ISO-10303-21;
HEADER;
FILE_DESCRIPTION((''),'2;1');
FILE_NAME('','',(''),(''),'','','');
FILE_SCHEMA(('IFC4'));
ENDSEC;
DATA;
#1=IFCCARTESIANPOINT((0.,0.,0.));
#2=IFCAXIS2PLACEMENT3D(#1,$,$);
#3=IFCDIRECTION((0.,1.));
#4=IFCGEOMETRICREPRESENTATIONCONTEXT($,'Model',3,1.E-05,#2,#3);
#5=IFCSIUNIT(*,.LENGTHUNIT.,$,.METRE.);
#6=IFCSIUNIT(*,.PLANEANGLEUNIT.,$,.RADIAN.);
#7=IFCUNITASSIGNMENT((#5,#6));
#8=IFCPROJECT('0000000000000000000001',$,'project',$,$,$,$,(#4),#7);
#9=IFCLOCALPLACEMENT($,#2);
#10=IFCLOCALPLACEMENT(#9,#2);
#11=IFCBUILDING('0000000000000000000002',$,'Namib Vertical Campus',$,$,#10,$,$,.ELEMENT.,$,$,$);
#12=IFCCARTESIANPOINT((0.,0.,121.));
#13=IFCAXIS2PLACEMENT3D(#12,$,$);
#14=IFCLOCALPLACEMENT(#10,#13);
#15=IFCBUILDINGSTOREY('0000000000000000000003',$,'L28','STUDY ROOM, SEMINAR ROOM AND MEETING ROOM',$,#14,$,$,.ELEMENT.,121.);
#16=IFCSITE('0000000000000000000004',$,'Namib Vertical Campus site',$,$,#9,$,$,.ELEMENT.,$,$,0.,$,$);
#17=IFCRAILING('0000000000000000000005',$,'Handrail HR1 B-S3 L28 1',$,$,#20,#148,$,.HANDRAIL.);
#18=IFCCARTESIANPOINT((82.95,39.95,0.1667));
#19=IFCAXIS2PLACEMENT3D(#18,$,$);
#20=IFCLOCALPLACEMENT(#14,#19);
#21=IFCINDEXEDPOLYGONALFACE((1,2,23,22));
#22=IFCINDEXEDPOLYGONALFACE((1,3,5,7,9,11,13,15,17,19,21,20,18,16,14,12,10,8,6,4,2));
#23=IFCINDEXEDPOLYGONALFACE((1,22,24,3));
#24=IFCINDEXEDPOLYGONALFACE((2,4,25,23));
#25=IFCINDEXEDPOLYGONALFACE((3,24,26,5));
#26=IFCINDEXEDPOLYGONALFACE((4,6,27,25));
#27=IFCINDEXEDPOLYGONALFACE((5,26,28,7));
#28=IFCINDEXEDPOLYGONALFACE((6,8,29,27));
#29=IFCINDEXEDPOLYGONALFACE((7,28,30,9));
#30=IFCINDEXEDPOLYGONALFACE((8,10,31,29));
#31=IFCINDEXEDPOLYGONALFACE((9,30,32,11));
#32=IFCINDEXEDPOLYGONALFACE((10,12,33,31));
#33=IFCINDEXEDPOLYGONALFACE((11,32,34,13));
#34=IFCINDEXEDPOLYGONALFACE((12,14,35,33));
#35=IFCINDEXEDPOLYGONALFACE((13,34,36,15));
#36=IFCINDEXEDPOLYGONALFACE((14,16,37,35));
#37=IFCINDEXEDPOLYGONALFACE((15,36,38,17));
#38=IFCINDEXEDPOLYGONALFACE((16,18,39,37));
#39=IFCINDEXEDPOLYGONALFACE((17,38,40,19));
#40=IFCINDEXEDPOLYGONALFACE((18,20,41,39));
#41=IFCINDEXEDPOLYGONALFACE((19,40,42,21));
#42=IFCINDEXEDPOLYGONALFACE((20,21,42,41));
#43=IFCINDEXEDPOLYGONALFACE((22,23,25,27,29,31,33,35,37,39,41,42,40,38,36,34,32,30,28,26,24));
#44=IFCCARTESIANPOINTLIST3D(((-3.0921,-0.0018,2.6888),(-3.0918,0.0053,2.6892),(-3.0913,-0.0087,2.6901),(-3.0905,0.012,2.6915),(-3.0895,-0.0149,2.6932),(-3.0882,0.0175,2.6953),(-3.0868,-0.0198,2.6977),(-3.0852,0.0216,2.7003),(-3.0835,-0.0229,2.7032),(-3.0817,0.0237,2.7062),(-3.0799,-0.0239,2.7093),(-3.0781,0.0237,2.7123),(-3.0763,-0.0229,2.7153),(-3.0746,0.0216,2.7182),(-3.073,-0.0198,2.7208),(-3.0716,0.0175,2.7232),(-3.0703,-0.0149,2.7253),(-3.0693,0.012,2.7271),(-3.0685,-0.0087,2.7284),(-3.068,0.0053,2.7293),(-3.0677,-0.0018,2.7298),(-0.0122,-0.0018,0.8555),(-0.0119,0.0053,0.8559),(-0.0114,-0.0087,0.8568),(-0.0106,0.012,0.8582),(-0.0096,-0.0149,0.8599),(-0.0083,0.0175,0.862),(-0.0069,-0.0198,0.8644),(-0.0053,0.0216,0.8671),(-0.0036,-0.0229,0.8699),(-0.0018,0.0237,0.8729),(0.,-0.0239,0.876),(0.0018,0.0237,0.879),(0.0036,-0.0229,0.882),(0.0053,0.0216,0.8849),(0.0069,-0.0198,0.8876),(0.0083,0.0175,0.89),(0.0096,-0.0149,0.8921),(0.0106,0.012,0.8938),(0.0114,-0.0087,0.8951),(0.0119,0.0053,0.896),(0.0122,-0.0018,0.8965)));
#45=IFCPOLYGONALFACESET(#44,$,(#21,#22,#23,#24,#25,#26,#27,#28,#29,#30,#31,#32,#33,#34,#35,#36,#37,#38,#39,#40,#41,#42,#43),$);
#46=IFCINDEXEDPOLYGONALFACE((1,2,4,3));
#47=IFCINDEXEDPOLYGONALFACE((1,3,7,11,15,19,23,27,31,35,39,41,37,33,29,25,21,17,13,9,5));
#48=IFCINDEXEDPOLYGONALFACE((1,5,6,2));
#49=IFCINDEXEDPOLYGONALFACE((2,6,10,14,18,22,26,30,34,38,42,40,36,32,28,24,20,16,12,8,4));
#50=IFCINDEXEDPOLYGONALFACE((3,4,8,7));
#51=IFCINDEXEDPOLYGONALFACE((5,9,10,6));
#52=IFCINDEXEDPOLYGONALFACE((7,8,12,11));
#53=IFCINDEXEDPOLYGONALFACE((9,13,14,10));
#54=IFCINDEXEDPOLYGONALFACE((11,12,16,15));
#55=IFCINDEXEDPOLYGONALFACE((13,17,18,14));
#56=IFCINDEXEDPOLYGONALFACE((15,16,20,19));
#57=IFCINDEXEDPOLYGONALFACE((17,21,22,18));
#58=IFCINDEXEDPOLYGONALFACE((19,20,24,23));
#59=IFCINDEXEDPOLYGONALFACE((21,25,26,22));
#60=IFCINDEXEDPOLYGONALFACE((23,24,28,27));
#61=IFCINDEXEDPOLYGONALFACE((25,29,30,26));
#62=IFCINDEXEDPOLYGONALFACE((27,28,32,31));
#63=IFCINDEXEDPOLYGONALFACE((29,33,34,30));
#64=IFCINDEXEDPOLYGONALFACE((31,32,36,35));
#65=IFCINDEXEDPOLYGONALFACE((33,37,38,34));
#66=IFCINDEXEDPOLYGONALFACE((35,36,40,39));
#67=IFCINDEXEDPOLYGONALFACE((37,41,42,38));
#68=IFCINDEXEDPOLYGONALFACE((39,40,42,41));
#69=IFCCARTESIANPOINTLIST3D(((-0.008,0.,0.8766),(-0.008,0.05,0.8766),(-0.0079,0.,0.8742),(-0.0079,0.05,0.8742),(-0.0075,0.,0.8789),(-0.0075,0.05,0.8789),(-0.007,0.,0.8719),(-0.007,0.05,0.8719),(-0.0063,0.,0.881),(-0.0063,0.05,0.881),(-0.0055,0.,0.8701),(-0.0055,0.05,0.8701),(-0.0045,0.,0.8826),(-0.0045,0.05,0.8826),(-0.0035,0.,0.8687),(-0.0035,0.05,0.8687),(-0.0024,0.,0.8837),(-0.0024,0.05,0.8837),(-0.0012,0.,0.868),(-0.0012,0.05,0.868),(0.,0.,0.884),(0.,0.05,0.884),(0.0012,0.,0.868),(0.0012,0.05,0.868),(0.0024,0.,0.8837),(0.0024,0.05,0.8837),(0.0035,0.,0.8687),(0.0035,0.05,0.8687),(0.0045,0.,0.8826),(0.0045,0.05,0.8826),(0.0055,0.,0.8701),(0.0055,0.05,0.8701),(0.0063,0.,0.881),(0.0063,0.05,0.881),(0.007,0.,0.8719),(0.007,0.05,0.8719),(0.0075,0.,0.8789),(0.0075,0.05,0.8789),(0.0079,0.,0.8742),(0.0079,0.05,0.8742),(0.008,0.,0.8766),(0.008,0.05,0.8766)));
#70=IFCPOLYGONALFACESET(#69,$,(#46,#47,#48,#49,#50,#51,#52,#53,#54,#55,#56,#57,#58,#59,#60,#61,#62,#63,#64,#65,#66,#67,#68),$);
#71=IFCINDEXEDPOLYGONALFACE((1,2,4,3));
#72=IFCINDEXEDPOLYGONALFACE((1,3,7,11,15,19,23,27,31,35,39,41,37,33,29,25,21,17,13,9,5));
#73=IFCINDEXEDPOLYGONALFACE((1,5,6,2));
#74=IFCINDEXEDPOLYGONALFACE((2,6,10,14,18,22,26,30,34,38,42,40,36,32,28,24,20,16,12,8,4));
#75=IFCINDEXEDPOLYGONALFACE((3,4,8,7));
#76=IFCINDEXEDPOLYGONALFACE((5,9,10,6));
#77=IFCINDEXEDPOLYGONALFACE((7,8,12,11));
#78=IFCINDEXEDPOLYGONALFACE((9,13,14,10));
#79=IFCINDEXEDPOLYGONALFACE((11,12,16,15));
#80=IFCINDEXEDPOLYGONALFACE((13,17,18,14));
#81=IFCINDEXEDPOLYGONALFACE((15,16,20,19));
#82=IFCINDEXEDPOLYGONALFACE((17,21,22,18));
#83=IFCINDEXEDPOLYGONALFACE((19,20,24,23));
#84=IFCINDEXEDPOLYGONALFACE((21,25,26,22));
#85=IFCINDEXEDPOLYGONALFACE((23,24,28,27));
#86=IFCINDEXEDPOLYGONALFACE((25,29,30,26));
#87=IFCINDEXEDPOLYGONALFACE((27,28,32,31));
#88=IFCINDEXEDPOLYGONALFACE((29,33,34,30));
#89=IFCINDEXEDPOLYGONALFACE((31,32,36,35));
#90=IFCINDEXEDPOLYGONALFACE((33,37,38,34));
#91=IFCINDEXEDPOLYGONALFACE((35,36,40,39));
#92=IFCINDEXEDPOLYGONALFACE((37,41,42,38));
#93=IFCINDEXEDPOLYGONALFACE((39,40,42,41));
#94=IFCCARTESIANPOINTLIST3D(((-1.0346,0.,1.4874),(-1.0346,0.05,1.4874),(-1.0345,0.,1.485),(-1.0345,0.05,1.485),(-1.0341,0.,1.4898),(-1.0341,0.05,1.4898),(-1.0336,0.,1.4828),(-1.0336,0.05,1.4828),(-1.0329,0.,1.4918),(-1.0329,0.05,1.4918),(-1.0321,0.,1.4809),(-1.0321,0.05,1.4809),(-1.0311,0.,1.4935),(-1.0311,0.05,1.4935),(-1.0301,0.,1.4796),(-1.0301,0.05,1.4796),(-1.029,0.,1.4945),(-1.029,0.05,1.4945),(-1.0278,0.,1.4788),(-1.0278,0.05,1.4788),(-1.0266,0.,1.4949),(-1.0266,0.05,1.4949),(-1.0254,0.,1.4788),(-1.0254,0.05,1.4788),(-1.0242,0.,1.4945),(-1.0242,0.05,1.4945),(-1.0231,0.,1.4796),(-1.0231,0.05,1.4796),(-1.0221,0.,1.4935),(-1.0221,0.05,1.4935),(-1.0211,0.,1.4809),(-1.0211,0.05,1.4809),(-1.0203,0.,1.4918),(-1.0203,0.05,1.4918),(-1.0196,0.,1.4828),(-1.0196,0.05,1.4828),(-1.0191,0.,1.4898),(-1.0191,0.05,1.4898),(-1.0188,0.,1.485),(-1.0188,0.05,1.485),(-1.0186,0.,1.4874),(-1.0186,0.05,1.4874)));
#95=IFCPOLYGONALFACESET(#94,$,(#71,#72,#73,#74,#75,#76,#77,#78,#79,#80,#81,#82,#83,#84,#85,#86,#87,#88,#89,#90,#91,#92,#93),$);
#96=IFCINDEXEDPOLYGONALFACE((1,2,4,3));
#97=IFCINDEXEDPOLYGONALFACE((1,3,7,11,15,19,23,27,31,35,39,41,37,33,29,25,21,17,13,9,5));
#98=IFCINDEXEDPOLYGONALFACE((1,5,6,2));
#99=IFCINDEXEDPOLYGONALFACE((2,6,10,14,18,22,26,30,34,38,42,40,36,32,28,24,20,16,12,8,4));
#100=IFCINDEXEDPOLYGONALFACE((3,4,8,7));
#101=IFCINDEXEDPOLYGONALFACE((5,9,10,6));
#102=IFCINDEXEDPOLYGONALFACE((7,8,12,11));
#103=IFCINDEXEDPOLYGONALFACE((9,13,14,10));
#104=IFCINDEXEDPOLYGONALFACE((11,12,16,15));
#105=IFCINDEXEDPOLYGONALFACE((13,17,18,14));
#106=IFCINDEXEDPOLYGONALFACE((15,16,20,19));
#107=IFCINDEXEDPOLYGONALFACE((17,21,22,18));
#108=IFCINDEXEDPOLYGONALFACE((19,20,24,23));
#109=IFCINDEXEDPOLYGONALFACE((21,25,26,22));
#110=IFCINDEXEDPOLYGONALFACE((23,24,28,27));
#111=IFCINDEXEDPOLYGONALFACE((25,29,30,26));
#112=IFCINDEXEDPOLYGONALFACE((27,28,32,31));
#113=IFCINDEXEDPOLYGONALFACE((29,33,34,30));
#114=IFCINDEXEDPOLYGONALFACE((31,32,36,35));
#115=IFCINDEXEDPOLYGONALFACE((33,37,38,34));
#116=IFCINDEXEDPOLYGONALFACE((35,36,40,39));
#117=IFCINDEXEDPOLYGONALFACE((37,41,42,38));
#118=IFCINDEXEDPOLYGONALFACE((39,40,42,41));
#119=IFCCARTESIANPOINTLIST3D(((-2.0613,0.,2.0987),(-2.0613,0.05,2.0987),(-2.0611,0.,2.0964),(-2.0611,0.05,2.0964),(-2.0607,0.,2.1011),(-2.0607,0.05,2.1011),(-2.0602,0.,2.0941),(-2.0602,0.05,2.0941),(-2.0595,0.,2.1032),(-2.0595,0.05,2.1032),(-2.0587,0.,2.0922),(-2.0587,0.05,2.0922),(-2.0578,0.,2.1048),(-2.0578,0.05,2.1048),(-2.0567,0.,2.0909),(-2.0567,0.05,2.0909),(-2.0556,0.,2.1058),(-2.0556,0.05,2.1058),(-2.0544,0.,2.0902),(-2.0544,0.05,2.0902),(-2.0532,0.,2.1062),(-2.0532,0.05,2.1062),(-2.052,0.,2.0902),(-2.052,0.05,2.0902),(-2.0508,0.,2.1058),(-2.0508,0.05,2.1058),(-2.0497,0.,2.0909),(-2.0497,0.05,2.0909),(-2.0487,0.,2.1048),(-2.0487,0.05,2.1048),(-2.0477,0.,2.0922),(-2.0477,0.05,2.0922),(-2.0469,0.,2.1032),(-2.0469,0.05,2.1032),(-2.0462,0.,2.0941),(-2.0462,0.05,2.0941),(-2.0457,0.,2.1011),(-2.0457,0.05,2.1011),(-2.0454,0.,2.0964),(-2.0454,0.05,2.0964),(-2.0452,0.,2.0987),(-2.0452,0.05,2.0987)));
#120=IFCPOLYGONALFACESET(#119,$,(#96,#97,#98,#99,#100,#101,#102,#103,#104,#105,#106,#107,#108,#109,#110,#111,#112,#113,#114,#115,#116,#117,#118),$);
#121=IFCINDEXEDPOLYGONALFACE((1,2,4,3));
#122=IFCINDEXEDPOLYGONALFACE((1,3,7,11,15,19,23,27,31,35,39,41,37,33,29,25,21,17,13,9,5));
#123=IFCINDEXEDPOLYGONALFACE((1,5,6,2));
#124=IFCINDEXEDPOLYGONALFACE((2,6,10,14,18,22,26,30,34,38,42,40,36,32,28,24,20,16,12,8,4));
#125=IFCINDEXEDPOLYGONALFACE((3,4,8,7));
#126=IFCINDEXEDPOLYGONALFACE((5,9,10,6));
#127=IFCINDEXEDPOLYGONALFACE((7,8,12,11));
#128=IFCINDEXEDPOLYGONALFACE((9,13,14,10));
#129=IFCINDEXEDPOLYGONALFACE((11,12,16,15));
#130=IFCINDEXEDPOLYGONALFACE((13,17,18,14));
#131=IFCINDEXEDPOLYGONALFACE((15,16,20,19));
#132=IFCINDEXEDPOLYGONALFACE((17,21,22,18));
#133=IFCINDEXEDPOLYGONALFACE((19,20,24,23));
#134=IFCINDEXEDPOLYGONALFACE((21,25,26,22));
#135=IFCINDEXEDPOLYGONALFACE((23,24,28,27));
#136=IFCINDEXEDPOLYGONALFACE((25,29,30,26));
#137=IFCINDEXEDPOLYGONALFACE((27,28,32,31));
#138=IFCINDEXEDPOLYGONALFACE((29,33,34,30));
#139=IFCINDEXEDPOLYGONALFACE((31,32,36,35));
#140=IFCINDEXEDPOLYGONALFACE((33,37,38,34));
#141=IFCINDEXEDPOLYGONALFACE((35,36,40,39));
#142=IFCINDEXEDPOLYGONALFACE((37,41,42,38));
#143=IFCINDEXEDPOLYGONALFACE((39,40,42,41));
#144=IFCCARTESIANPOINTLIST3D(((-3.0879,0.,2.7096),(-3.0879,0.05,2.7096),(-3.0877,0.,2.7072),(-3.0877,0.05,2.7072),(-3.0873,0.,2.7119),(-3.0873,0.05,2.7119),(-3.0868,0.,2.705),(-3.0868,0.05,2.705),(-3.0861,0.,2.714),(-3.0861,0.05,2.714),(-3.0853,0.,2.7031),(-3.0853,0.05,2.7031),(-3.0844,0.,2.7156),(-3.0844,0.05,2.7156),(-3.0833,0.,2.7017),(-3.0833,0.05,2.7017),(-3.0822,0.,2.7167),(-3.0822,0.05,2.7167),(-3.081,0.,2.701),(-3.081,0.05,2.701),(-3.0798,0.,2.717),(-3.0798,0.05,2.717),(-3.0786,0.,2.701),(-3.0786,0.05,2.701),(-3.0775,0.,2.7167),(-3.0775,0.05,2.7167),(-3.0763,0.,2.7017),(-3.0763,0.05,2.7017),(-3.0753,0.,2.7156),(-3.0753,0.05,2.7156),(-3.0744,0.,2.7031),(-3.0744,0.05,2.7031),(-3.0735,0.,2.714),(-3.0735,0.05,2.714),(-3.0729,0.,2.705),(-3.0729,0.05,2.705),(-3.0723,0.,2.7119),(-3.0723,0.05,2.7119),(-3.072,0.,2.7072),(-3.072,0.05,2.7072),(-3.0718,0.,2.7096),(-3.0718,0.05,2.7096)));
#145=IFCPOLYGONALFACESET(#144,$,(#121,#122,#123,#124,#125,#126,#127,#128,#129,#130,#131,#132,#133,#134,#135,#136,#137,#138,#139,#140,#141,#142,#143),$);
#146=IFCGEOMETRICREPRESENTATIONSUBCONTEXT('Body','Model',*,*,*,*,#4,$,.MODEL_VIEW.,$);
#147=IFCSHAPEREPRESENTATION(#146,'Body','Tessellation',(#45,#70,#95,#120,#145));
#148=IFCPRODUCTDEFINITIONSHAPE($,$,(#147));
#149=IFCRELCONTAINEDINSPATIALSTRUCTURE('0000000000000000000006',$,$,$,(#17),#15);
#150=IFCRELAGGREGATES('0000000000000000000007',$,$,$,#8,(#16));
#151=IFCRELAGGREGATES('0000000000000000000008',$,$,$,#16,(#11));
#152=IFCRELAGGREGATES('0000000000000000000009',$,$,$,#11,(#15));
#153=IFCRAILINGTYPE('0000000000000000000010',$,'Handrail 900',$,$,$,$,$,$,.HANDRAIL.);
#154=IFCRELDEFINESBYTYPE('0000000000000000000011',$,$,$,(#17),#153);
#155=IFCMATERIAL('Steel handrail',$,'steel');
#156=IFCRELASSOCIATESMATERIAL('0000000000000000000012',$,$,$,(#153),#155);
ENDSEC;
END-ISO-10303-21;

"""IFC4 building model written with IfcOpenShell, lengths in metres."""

from ifc_helpers import new_model, si_unit, direction, frame, origin, origin_2d, place, context, subcontext, project, spatial, circle, extrude, material, type_object, element, save


model = new_model("IFC4")

# Units and contexts
model_context = context("Model", 3, precision=1e-05, world=origin(), true_north=direction((0.0, 1.0)))
body_context = subcontext(model_context, "Body", "Model", "MODEL_VIEW")
ifc_project = project(units=[si_unit("LENGTHUNIT", "METRE"), si_unit("PLANEANGLEUNIT", "RADIAN")], contexts=[model_context])

# Site, building, storey
site_placement = place(None, origin())
site = spatial("IfcSite", under=ifc_project, at=site_placement, Name="Namib Vertical Campus site", CompositionType="ELEMENT", RefElevation=0.0)
building_placement = place(site_placement, origin())
building = spatial("IfcBuilding", under=site, at=building_placement, Name="Namib Vertical Campus", CompositionType="ELEMENT")
storey_placement = place(building_placement, frame((0.0, 0.0, 121.0)))
storey = spatial("IfcBuildingStorey", under=building, at=storey_placement, Name="L28", Description="STUDY ROOM, SEMINAR ROOM AND MEETING ROOM", CompositionType="ELEMENT", Elevation=121.0)

# Railing
ifc_material_1 = material(Name="Steel handrail", Category="steel")
railing_type_1 = type_object("IfcRailingType", Name="Handrail 900", PredefinedType="HANDRAIL", material=ifc_material_1)
railing_1_placement = place(storey_placement, frame((82.95, 39.95, 0.1667)))
element("IfcRailing", 1, at=railing_1_placement, inside=storey, type_object=railing_type_1, Name="Handrail HR1 B-S3 L28 1", PredefinedType="HANDRAIL", context=body_context, shape_type="SweptSolid", body=[
    extrude(circle(Radius=0.0239, at=origin_2d()), frame((0.0, 0.0, 0.876), z_axis=(-0.859291, 0.0, 0.511487), x_axis=(0.0, -1.0, 0.0)), (0.0, 0.0, 1.0), 3.5842),
    extrude(circle(Radius=0.0081, at=origin_2d()), frame((0.0, 0.0, 0.876), z_axis=(0.0, 1.0, 0.0), x_axis=(0.0, 0.0, 1.0)), (0.0, 0.0, 1.0), 0.05),
    extrude(circle(Radius=0.0081, at=origin_2d()), frame((-1.0266, 0.0, 1.4868), z_axis=(0.0, 1.0, 0.0), x_axis=(0.0, 0.0, 1.0)), (0.0, 0.0, 1.0), 0.05),
    extrude(circle(Radius=0.0081, at=origin_2d()), frame((-2.0532, 0.0, 2.0981), z_axis=(0.0, 1.0, 0.0), x_axis=(0.0, 0.0, 1.0)), (0.0, 0.0, 1.0), 0.05),
    extrude(circle(Radius=0.0081, at=origin_2d()), frame((-3.0798, 0.0, 2.709), z_axis=(0.0, 1.0, 0.0), x_axis=(0.0, 0.0, 1.0)), (0.0, 0.0, 1.0), 0.05),
])

save(model, "model.ifc")
